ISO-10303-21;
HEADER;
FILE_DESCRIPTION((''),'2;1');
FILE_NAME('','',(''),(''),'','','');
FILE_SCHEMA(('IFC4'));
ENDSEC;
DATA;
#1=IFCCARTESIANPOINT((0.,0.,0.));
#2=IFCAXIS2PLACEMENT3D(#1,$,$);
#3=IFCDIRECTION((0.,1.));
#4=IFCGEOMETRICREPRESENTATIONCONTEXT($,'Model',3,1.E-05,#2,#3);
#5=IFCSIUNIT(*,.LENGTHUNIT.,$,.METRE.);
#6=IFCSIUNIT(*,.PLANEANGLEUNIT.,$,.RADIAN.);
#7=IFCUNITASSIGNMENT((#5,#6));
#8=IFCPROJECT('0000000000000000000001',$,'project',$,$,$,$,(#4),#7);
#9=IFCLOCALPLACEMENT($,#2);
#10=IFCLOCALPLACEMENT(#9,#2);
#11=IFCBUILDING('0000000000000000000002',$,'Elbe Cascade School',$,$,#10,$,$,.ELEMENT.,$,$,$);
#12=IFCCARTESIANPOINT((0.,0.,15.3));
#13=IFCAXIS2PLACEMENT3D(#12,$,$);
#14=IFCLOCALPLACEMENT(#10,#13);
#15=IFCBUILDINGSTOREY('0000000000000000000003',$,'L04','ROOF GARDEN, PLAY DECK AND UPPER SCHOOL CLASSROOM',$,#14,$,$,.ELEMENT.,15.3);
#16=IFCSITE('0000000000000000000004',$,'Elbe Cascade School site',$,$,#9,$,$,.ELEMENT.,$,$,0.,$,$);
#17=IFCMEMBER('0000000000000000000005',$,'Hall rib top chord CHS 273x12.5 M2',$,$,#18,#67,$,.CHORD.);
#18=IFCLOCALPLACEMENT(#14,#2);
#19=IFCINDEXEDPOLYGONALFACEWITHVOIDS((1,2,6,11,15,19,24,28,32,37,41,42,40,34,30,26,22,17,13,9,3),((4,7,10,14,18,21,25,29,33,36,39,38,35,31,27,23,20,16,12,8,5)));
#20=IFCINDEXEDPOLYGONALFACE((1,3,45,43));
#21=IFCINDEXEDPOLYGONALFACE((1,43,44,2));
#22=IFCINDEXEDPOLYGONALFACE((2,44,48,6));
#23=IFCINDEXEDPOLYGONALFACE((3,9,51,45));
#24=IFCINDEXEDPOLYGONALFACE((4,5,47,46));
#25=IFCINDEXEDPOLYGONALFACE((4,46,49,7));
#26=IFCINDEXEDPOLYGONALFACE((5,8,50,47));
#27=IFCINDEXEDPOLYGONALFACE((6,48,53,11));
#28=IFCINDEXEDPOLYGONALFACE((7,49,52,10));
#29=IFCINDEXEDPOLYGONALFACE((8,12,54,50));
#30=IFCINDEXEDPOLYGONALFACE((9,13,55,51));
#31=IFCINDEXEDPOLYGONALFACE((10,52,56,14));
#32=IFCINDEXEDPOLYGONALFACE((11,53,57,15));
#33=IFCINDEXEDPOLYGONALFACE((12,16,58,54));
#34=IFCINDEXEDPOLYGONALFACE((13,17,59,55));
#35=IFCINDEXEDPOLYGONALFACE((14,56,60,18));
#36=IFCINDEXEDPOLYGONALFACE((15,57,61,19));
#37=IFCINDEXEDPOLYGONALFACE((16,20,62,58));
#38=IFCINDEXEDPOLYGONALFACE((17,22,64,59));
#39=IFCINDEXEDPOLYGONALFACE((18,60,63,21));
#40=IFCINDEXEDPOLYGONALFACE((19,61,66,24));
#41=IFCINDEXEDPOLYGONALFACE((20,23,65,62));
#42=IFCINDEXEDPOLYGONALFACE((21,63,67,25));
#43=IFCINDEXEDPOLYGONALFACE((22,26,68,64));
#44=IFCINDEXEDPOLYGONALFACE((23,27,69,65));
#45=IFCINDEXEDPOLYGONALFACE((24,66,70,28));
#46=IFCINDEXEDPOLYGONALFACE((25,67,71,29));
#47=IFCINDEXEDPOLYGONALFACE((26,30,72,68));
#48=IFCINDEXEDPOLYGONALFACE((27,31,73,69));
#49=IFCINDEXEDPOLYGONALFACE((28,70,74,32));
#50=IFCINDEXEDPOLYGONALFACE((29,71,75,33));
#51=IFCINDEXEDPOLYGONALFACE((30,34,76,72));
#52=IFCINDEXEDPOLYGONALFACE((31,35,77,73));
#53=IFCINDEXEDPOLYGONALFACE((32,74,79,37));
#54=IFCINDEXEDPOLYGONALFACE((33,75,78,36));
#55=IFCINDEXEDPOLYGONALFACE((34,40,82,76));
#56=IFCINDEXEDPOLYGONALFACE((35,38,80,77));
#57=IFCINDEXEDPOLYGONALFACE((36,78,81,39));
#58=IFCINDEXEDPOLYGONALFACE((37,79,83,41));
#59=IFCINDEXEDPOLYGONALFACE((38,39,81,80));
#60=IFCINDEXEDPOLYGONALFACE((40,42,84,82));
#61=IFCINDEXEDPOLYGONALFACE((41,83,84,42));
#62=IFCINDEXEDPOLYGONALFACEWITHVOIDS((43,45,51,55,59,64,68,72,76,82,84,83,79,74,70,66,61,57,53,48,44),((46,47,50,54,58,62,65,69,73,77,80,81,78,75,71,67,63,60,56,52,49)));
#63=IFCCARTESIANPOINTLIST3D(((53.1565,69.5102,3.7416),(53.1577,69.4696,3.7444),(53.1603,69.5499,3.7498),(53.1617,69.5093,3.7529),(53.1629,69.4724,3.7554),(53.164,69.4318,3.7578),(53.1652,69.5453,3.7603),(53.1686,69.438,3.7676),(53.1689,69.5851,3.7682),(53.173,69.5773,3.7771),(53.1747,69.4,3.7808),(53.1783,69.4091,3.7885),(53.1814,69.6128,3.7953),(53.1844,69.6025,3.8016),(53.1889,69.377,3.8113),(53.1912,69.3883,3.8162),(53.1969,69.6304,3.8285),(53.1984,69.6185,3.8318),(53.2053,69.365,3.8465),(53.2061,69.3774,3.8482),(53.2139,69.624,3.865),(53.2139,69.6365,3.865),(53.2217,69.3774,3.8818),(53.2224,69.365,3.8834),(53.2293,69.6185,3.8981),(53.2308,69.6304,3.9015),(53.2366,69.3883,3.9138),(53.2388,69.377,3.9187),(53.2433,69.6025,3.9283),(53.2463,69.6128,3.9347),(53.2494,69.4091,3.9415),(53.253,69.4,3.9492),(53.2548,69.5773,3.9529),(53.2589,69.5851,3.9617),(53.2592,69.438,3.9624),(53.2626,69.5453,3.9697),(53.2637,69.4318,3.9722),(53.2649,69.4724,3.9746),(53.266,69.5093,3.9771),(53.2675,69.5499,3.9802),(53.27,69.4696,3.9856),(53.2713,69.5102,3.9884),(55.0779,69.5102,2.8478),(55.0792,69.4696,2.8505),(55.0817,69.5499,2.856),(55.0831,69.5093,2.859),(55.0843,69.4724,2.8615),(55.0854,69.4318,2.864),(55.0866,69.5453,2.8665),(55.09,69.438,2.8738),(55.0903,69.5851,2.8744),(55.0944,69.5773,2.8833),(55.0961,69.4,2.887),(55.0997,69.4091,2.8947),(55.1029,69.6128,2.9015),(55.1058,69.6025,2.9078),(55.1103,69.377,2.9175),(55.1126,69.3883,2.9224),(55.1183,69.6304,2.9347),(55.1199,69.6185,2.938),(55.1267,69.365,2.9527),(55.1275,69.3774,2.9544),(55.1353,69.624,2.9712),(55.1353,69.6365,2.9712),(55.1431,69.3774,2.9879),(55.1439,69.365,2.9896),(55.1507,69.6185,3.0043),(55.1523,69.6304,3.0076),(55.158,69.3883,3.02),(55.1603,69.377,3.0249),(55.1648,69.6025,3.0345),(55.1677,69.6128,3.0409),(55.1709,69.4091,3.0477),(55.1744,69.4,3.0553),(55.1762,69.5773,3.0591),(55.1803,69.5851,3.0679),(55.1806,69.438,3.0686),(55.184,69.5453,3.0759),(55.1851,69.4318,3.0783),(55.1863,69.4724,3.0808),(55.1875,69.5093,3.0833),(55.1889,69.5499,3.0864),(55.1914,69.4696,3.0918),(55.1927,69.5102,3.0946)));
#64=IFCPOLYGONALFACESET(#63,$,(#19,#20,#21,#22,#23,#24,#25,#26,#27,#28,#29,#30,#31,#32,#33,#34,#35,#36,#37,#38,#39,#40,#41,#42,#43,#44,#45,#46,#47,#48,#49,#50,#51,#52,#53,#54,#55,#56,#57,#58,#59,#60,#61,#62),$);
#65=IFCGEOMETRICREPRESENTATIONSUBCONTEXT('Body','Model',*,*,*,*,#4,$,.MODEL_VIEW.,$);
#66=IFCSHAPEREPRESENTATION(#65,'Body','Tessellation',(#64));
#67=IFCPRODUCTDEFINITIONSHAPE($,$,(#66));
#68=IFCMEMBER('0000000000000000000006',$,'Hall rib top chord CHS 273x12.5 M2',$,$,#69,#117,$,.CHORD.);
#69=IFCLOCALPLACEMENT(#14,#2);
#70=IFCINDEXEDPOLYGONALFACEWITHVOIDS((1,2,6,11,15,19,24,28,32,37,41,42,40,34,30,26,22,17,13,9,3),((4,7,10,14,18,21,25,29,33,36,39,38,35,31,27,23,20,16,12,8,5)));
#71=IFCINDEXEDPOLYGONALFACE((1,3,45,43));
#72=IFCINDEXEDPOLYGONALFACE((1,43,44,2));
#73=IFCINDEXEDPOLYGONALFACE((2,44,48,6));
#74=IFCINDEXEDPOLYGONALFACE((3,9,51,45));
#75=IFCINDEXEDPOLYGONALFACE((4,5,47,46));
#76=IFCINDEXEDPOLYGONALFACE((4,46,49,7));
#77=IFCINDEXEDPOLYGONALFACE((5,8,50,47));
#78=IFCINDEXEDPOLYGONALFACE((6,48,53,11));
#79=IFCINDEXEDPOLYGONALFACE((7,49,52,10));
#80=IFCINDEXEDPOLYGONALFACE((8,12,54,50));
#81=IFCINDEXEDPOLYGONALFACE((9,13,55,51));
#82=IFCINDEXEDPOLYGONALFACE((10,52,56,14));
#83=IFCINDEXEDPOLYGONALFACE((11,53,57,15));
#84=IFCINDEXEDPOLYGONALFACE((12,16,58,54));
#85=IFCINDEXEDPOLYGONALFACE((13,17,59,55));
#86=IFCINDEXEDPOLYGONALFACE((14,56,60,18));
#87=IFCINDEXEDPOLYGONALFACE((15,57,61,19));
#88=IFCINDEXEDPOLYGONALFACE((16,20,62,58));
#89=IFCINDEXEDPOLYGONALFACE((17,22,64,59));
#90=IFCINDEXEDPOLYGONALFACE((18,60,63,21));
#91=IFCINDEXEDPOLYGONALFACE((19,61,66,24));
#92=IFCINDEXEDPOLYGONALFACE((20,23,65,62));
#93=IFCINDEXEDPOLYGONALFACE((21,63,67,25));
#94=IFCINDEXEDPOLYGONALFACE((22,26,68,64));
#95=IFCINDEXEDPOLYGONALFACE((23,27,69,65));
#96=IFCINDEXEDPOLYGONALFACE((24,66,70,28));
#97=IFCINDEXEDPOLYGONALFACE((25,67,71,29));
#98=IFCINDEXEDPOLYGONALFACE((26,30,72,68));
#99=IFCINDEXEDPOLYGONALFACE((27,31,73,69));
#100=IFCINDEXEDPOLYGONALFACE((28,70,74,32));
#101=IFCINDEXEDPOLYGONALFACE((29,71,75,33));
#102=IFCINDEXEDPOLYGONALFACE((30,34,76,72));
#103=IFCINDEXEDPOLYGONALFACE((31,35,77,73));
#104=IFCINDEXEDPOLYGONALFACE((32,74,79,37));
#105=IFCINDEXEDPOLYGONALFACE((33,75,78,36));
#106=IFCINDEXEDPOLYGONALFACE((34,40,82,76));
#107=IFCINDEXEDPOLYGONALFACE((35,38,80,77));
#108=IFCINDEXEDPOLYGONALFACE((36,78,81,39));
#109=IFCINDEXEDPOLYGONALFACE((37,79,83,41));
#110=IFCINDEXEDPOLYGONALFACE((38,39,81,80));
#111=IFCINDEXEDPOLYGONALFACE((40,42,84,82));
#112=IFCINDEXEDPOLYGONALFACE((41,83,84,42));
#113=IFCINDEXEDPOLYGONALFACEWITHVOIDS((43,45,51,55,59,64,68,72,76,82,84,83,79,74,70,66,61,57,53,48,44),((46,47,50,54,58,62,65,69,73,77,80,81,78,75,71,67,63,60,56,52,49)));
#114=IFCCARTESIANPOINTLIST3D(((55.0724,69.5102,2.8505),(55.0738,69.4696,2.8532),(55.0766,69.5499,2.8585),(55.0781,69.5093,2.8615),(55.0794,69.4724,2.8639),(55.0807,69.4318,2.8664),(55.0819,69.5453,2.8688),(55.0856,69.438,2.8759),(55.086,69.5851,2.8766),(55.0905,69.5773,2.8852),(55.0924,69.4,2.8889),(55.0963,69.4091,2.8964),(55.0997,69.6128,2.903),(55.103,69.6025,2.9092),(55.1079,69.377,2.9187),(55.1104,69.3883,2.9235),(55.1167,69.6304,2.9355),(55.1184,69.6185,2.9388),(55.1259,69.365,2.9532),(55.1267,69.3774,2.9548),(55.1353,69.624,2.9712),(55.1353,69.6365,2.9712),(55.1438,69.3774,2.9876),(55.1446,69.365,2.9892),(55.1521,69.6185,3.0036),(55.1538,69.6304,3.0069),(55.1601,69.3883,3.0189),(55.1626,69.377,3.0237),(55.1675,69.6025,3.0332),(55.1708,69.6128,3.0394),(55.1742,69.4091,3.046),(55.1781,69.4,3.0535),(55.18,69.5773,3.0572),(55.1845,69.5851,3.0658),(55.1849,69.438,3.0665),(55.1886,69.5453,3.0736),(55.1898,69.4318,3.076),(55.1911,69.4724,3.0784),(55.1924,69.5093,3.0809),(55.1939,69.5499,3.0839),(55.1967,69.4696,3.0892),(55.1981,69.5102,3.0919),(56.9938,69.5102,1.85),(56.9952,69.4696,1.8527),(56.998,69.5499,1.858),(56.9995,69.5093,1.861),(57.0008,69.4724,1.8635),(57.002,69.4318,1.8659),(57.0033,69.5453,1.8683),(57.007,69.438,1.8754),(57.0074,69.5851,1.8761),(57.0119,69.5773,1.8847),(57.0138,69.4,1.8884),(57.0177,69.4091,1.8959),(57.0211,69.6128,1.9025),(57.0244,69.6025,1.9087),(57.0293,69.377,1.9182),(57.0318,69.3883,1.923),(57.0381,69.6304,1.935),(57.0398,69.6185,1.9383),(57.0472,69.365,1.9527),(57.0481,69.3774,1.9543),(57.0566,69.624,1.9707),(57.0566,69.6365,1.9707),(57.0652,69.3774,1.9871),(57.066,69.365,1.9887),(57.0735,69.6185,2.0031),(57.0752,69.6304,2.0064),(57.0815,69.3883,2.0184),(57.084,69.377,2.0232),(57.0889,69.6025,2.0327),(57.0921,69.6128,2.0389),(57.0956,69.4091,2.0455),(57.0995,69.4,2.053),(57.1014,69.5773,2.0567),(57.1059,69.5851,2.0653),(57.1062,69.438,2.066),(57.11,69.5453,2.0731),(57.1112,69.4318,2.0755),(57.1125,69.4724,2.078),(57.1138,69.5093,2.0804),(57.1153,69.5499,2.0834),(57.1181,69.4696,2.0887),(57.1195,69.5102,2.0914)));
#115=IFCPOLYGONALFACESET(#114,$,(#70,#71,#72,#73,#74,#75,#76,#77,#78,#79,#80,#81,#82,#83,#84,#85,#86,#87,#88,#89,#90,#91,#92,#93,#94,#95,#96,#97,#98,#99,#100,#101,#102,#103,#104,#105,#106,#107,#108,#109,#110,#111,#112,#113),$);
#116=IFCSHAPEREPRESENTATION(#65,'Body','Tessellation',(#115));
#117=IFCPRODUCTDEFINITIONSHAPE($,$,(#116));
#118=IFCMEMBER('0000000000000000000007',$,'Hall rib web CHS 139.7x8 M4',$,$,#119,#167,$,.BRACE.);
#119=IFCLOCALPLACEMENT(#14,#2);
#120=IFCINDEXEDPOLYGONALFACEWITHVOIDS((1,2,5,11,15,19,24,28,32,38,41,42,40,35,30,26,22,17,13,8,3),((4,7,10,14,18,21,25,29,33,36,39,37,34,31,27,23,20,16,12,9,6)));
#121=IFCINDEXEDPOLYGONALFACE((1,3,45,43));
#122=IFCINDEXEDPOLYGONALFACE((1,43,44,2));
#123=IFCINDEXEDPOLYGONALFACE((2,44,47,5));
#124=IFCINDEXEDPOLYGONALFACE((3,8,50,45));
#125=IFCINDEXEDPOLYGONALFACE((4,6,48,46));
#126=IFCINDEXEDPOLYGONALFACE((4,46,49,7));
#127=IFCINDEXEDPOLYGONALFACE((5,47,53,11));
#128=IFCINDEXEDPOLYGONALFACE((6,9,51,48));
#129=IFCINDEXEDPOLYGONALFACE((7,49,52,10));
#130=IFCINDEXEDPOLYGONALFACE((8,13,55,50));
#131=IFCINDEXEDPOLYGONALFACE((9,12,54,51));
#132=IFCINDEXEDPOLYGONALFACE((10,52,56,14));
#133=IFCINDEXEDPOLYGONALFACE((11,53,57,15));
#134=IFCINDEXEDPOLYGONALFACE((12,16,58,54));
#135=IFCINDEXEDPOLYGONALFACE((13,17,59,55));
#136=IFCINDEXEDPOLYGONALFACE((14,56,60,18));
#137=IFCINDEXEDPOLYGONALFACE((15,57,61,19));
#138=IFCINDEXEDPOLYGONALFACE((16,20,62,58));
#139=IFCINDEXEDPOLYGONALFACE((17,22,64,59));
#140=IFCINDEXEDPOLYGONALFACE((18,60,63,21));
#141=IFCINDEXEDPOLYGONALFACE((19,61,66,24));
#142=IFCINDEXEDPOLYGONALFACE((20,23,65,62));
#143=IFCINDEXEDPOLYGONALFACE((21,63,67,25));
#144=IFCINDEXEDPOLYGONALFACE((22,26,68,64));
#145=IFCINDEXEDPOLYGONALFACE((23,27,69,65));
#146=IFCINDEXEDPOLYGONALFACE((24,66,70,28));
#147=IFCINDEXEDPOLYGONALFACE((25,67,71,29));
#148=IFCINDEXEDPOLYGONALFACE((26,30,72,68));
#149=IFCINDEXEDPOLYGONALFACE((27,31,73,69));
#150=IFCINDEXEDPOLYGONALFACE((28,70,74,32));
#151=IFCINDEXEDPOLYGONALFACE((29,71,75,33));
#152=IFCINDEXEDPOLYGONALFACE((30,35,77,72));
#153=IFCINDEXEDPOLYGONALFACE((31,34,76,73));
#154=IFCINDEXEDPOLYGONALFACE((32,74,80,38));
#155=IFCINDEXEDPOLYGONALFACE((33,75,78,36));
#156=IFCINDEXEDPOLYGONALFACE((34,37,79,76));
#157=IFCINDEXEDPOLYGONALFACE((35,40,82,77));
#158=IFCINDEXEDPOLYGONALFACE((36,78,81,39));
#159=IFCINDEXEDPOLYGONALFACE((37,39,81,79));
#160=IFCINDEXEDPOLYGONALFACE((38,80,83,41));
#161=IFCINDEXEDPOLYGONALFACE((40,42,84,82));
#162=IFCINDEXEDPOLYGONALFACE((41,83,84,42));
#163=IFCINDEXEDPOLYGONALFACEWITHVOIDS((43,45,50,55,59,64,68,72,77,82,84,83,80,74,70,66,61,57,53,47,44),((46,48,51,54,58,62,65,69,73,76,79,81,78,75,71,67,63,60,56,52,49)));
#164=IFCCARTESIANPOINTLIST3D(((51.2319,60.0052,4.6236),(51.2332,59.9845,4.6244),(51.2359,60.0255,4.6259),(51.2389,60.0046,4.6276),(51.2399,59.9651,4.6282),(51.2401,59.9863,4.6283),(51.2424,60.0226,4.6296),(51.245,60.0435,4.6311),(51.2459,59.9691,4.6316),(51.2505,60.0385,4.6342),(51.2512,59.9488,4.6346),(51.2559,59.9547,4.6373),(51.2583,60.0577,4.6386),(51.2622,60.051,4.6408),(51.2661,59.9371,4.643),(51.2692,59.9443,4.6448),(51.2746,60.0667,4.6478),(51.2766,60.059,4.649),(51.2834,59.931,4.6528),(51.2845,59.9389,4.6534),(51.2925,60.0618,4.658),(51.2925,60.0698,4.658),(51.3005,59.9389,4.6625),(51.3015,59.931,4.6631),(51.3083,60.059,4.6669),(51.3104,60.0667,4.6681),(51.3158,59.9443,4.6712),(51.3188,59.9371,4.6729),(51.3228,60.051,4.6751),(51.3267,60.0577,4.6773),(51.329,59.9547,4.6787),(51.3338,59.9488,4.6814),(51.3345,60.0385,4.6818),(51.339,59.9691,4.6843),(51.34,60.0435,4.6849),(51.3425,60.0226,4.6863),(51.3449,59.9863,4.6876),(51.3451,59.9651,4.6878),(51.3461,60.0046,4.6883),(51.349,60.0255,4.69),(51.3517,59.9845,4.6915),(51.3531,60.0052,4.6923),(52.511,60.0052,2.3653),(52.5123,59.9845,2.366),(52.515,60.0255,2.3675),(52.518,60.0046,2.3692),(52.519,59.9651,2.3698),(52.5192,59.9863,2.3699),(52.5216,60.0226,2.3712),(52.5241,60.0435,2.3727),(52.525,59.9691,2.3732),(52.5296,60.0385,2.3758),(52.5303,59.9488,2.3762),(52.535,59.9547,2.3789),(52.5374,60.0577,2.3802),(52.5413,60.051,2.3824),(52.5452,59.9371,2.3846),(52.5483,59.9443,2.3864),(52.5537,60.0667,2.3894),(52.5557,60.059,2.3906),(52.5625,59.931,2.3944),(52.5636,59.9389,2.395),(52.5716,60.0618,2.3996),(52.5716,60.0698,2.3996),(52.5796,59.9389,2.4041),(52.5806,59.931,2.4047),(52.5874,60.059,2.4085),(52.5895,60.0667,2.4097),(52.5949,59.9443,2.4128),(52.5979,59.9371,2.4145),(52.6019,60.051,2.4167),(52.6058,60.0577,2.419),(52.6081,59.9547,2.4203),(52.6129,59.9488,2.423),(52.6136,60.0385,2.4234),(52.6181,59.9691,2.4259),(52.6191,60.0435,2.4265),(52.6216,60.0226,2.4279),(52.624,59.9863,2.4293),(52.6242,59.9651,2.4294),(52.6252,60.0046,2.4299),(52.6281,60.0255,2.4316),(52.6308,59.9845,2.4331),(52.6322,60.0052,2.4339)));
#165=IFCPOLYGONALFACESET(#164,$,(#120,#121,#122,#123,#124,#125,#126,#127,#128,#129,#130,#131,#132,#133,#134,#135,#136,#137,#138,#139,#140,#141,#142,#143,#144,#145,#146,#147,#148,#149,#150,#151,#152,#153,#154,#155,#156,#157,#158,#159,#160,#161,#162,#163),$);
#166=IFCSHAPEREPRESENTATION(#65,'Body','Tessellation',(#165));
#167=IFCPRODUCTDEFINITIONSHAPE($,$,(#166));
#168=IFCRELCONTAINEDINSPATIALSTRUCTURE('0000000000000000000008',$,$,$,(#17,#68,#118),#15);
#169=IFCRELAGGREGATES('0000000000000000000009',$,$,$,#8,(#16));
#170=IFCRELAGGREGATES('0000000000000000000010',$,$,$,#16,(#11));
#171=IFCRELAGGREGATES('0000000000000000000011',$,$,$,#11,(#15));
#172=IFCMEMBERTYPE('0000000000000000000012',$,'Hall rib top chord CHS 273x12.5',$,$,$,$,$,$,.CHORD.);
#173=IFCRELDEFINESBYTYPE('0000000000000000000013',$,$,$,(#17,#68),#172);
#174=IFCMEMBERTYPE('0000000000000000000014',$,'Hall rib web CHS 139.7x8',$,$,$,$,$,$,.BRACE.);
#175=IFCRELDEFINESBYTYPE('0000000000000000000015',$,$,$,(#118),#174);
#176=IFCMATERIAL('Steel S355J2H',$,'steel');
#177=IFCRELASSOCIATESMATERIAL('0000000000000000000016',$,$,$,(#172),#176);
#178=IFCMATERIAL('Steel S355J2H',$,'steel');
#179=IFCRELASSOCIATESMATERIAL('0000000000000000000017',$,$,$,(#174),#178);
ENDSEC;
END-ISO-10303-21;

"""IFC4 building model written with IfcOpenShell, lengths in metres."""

from ifc_helpers import new_model, si_unit, direction, frame, origin, origin_2d, place, context, subcontext, project, spatial, hollow_circle, extrude, material, material_profile, profile_set, type_object, element, save


model = new_model("IFC4")

# Units and contexts
model_context = context("Model", 3, precision=1e-05, world=origin(), true_north=direction((0.0, 1.0)))
body_context = subcontext(model_context, "Body", "Model", "MODEL_VIEW")
ifc_project = project(units=[si_unit("LENGTHUNIT", "METRE"), si_unit("PLANEANGLEUNIT", "RADIAN")], contexts=[model_context])

# Site, building, storey
site_placement = place(None, origin())
site = spatial("IfcSite", under=ifc_project, at=site_placement, Name="Elbe Cascade School site", CompositionType="ELEMENT", RefElevation=0.0)
building_placement = place(site_placement, origin())
building = spatial("IfcBuilding", under=site, at=building_placement, Name="Elbe Cascade School", CompositionType="ELEMENT")
storey_placement = place(building_placement, frame((0.0, 0.0, 15.3)))
storey = spatial("IfcBuildingStorey", under=building, at=storey_placement, Name="L04", Description="ROOF GARDEN, PLAY DECK AND UPPER SCHOOL CLASSROOM", CompositionType="ELEMENT", Elevation=15.3)

# Members
ifc_material_1 = material(Name="Steel S355J2H", Category="steel")
ifc_material_profile_1 = material_profile(ifc_material_1, hollow_circle(Radius=0.1365, WallThickness=0.0125, at=origin_2d()), Name="CHS 273x12.5")
ifc_profile_set_1 = profile_set([ifc_material_profile_1], Name="Steel S355J2H")
member_type_1 = type_object("IfcMemberType", Name="Hall rib top chord CHS 273x12.5", PredefinedType="CHORD", material=ifc_profile_set_1)
member_1_placement = place(storey_placement, frame((53.2139, 69.5, 3.865), z_axis=(0.906698, 0.0, -0.421781), x_axis=(0.0, 1.0, 0.0)))
element("IfcMember", 1, at=member_1_placement, inside=storey, type_object=member_type_1, Name="Hall rib top chord CHS 273x12.5 M2", PredefinedType="CHORD", context=body_context, shape_type="SweptSolid", body=[
    extrude(hollow_circle(Radius=0.1365, WallThickness=0.0125, at=origin_2d()), origin(), (0.0, 0.0, 1.0), 2.1191),
])
member_2_placement = place(storey_placement, frame((55.1353, 69.5, 2.9712), z_axis=(0.886958, 0.0, -0.461849), x_axis=(0.0, 1.0, 0.0)))
element("IfcMember", 2, at=member_2_placement, inside=storey, type_object=member_type_1, Name="Hall rib top chord CHS 273x12.5 M2", PredefinedType="CHORD", context=body_context, shape_type="SweptSolid", body=[
    extrude(hollow_circle(Radius=0.1365, WallThickness=0.0125, at=origin_2d()), origin(), (0.0, 0.0, 1.0), 2.1663),
])
ifc_material_2 = material(Name="Steel S355J2H", Category="steel")
ifc_material_profile_2 = material_profile(ifc_material_2, hollow_circle(Radius=0.0698, WallThickness=0.0081, at=origin_2d()), Name="CHS 139.7x8")
ifc_profile_set_2 = profile_set([ifc_material_profile_2], Name="Steel S355J2H")
member_type_2 = type_object("IfcMemberType", Name="Hall rib web CHS 139.7x8", PredefinedType="BRACE", material=ifc_profile_set_2)
member_3_placement = place(storey_placement, frame((51.2925, 60.0, 4.658), z_axis=(0.492823, 0.0, -0.87013), x_axis=(0.0, 1.0, 0.0)))
element("IfcMember", 3, at=member_3_placement, inside=storey, type_object=member_type_2, Name="Hall rib web CHS 139.7x8 M4", PredefinedType="BRACE", context=body_context, shape_type="SweptSolid", body=[
    extrude(hollow_circle(Radius=0.0698, WallThickness=0.0081, at=origin_2d()), origin(), (0.0, 0.0, 1.0), 2.5955),
])

save(model, "model.ifc")
